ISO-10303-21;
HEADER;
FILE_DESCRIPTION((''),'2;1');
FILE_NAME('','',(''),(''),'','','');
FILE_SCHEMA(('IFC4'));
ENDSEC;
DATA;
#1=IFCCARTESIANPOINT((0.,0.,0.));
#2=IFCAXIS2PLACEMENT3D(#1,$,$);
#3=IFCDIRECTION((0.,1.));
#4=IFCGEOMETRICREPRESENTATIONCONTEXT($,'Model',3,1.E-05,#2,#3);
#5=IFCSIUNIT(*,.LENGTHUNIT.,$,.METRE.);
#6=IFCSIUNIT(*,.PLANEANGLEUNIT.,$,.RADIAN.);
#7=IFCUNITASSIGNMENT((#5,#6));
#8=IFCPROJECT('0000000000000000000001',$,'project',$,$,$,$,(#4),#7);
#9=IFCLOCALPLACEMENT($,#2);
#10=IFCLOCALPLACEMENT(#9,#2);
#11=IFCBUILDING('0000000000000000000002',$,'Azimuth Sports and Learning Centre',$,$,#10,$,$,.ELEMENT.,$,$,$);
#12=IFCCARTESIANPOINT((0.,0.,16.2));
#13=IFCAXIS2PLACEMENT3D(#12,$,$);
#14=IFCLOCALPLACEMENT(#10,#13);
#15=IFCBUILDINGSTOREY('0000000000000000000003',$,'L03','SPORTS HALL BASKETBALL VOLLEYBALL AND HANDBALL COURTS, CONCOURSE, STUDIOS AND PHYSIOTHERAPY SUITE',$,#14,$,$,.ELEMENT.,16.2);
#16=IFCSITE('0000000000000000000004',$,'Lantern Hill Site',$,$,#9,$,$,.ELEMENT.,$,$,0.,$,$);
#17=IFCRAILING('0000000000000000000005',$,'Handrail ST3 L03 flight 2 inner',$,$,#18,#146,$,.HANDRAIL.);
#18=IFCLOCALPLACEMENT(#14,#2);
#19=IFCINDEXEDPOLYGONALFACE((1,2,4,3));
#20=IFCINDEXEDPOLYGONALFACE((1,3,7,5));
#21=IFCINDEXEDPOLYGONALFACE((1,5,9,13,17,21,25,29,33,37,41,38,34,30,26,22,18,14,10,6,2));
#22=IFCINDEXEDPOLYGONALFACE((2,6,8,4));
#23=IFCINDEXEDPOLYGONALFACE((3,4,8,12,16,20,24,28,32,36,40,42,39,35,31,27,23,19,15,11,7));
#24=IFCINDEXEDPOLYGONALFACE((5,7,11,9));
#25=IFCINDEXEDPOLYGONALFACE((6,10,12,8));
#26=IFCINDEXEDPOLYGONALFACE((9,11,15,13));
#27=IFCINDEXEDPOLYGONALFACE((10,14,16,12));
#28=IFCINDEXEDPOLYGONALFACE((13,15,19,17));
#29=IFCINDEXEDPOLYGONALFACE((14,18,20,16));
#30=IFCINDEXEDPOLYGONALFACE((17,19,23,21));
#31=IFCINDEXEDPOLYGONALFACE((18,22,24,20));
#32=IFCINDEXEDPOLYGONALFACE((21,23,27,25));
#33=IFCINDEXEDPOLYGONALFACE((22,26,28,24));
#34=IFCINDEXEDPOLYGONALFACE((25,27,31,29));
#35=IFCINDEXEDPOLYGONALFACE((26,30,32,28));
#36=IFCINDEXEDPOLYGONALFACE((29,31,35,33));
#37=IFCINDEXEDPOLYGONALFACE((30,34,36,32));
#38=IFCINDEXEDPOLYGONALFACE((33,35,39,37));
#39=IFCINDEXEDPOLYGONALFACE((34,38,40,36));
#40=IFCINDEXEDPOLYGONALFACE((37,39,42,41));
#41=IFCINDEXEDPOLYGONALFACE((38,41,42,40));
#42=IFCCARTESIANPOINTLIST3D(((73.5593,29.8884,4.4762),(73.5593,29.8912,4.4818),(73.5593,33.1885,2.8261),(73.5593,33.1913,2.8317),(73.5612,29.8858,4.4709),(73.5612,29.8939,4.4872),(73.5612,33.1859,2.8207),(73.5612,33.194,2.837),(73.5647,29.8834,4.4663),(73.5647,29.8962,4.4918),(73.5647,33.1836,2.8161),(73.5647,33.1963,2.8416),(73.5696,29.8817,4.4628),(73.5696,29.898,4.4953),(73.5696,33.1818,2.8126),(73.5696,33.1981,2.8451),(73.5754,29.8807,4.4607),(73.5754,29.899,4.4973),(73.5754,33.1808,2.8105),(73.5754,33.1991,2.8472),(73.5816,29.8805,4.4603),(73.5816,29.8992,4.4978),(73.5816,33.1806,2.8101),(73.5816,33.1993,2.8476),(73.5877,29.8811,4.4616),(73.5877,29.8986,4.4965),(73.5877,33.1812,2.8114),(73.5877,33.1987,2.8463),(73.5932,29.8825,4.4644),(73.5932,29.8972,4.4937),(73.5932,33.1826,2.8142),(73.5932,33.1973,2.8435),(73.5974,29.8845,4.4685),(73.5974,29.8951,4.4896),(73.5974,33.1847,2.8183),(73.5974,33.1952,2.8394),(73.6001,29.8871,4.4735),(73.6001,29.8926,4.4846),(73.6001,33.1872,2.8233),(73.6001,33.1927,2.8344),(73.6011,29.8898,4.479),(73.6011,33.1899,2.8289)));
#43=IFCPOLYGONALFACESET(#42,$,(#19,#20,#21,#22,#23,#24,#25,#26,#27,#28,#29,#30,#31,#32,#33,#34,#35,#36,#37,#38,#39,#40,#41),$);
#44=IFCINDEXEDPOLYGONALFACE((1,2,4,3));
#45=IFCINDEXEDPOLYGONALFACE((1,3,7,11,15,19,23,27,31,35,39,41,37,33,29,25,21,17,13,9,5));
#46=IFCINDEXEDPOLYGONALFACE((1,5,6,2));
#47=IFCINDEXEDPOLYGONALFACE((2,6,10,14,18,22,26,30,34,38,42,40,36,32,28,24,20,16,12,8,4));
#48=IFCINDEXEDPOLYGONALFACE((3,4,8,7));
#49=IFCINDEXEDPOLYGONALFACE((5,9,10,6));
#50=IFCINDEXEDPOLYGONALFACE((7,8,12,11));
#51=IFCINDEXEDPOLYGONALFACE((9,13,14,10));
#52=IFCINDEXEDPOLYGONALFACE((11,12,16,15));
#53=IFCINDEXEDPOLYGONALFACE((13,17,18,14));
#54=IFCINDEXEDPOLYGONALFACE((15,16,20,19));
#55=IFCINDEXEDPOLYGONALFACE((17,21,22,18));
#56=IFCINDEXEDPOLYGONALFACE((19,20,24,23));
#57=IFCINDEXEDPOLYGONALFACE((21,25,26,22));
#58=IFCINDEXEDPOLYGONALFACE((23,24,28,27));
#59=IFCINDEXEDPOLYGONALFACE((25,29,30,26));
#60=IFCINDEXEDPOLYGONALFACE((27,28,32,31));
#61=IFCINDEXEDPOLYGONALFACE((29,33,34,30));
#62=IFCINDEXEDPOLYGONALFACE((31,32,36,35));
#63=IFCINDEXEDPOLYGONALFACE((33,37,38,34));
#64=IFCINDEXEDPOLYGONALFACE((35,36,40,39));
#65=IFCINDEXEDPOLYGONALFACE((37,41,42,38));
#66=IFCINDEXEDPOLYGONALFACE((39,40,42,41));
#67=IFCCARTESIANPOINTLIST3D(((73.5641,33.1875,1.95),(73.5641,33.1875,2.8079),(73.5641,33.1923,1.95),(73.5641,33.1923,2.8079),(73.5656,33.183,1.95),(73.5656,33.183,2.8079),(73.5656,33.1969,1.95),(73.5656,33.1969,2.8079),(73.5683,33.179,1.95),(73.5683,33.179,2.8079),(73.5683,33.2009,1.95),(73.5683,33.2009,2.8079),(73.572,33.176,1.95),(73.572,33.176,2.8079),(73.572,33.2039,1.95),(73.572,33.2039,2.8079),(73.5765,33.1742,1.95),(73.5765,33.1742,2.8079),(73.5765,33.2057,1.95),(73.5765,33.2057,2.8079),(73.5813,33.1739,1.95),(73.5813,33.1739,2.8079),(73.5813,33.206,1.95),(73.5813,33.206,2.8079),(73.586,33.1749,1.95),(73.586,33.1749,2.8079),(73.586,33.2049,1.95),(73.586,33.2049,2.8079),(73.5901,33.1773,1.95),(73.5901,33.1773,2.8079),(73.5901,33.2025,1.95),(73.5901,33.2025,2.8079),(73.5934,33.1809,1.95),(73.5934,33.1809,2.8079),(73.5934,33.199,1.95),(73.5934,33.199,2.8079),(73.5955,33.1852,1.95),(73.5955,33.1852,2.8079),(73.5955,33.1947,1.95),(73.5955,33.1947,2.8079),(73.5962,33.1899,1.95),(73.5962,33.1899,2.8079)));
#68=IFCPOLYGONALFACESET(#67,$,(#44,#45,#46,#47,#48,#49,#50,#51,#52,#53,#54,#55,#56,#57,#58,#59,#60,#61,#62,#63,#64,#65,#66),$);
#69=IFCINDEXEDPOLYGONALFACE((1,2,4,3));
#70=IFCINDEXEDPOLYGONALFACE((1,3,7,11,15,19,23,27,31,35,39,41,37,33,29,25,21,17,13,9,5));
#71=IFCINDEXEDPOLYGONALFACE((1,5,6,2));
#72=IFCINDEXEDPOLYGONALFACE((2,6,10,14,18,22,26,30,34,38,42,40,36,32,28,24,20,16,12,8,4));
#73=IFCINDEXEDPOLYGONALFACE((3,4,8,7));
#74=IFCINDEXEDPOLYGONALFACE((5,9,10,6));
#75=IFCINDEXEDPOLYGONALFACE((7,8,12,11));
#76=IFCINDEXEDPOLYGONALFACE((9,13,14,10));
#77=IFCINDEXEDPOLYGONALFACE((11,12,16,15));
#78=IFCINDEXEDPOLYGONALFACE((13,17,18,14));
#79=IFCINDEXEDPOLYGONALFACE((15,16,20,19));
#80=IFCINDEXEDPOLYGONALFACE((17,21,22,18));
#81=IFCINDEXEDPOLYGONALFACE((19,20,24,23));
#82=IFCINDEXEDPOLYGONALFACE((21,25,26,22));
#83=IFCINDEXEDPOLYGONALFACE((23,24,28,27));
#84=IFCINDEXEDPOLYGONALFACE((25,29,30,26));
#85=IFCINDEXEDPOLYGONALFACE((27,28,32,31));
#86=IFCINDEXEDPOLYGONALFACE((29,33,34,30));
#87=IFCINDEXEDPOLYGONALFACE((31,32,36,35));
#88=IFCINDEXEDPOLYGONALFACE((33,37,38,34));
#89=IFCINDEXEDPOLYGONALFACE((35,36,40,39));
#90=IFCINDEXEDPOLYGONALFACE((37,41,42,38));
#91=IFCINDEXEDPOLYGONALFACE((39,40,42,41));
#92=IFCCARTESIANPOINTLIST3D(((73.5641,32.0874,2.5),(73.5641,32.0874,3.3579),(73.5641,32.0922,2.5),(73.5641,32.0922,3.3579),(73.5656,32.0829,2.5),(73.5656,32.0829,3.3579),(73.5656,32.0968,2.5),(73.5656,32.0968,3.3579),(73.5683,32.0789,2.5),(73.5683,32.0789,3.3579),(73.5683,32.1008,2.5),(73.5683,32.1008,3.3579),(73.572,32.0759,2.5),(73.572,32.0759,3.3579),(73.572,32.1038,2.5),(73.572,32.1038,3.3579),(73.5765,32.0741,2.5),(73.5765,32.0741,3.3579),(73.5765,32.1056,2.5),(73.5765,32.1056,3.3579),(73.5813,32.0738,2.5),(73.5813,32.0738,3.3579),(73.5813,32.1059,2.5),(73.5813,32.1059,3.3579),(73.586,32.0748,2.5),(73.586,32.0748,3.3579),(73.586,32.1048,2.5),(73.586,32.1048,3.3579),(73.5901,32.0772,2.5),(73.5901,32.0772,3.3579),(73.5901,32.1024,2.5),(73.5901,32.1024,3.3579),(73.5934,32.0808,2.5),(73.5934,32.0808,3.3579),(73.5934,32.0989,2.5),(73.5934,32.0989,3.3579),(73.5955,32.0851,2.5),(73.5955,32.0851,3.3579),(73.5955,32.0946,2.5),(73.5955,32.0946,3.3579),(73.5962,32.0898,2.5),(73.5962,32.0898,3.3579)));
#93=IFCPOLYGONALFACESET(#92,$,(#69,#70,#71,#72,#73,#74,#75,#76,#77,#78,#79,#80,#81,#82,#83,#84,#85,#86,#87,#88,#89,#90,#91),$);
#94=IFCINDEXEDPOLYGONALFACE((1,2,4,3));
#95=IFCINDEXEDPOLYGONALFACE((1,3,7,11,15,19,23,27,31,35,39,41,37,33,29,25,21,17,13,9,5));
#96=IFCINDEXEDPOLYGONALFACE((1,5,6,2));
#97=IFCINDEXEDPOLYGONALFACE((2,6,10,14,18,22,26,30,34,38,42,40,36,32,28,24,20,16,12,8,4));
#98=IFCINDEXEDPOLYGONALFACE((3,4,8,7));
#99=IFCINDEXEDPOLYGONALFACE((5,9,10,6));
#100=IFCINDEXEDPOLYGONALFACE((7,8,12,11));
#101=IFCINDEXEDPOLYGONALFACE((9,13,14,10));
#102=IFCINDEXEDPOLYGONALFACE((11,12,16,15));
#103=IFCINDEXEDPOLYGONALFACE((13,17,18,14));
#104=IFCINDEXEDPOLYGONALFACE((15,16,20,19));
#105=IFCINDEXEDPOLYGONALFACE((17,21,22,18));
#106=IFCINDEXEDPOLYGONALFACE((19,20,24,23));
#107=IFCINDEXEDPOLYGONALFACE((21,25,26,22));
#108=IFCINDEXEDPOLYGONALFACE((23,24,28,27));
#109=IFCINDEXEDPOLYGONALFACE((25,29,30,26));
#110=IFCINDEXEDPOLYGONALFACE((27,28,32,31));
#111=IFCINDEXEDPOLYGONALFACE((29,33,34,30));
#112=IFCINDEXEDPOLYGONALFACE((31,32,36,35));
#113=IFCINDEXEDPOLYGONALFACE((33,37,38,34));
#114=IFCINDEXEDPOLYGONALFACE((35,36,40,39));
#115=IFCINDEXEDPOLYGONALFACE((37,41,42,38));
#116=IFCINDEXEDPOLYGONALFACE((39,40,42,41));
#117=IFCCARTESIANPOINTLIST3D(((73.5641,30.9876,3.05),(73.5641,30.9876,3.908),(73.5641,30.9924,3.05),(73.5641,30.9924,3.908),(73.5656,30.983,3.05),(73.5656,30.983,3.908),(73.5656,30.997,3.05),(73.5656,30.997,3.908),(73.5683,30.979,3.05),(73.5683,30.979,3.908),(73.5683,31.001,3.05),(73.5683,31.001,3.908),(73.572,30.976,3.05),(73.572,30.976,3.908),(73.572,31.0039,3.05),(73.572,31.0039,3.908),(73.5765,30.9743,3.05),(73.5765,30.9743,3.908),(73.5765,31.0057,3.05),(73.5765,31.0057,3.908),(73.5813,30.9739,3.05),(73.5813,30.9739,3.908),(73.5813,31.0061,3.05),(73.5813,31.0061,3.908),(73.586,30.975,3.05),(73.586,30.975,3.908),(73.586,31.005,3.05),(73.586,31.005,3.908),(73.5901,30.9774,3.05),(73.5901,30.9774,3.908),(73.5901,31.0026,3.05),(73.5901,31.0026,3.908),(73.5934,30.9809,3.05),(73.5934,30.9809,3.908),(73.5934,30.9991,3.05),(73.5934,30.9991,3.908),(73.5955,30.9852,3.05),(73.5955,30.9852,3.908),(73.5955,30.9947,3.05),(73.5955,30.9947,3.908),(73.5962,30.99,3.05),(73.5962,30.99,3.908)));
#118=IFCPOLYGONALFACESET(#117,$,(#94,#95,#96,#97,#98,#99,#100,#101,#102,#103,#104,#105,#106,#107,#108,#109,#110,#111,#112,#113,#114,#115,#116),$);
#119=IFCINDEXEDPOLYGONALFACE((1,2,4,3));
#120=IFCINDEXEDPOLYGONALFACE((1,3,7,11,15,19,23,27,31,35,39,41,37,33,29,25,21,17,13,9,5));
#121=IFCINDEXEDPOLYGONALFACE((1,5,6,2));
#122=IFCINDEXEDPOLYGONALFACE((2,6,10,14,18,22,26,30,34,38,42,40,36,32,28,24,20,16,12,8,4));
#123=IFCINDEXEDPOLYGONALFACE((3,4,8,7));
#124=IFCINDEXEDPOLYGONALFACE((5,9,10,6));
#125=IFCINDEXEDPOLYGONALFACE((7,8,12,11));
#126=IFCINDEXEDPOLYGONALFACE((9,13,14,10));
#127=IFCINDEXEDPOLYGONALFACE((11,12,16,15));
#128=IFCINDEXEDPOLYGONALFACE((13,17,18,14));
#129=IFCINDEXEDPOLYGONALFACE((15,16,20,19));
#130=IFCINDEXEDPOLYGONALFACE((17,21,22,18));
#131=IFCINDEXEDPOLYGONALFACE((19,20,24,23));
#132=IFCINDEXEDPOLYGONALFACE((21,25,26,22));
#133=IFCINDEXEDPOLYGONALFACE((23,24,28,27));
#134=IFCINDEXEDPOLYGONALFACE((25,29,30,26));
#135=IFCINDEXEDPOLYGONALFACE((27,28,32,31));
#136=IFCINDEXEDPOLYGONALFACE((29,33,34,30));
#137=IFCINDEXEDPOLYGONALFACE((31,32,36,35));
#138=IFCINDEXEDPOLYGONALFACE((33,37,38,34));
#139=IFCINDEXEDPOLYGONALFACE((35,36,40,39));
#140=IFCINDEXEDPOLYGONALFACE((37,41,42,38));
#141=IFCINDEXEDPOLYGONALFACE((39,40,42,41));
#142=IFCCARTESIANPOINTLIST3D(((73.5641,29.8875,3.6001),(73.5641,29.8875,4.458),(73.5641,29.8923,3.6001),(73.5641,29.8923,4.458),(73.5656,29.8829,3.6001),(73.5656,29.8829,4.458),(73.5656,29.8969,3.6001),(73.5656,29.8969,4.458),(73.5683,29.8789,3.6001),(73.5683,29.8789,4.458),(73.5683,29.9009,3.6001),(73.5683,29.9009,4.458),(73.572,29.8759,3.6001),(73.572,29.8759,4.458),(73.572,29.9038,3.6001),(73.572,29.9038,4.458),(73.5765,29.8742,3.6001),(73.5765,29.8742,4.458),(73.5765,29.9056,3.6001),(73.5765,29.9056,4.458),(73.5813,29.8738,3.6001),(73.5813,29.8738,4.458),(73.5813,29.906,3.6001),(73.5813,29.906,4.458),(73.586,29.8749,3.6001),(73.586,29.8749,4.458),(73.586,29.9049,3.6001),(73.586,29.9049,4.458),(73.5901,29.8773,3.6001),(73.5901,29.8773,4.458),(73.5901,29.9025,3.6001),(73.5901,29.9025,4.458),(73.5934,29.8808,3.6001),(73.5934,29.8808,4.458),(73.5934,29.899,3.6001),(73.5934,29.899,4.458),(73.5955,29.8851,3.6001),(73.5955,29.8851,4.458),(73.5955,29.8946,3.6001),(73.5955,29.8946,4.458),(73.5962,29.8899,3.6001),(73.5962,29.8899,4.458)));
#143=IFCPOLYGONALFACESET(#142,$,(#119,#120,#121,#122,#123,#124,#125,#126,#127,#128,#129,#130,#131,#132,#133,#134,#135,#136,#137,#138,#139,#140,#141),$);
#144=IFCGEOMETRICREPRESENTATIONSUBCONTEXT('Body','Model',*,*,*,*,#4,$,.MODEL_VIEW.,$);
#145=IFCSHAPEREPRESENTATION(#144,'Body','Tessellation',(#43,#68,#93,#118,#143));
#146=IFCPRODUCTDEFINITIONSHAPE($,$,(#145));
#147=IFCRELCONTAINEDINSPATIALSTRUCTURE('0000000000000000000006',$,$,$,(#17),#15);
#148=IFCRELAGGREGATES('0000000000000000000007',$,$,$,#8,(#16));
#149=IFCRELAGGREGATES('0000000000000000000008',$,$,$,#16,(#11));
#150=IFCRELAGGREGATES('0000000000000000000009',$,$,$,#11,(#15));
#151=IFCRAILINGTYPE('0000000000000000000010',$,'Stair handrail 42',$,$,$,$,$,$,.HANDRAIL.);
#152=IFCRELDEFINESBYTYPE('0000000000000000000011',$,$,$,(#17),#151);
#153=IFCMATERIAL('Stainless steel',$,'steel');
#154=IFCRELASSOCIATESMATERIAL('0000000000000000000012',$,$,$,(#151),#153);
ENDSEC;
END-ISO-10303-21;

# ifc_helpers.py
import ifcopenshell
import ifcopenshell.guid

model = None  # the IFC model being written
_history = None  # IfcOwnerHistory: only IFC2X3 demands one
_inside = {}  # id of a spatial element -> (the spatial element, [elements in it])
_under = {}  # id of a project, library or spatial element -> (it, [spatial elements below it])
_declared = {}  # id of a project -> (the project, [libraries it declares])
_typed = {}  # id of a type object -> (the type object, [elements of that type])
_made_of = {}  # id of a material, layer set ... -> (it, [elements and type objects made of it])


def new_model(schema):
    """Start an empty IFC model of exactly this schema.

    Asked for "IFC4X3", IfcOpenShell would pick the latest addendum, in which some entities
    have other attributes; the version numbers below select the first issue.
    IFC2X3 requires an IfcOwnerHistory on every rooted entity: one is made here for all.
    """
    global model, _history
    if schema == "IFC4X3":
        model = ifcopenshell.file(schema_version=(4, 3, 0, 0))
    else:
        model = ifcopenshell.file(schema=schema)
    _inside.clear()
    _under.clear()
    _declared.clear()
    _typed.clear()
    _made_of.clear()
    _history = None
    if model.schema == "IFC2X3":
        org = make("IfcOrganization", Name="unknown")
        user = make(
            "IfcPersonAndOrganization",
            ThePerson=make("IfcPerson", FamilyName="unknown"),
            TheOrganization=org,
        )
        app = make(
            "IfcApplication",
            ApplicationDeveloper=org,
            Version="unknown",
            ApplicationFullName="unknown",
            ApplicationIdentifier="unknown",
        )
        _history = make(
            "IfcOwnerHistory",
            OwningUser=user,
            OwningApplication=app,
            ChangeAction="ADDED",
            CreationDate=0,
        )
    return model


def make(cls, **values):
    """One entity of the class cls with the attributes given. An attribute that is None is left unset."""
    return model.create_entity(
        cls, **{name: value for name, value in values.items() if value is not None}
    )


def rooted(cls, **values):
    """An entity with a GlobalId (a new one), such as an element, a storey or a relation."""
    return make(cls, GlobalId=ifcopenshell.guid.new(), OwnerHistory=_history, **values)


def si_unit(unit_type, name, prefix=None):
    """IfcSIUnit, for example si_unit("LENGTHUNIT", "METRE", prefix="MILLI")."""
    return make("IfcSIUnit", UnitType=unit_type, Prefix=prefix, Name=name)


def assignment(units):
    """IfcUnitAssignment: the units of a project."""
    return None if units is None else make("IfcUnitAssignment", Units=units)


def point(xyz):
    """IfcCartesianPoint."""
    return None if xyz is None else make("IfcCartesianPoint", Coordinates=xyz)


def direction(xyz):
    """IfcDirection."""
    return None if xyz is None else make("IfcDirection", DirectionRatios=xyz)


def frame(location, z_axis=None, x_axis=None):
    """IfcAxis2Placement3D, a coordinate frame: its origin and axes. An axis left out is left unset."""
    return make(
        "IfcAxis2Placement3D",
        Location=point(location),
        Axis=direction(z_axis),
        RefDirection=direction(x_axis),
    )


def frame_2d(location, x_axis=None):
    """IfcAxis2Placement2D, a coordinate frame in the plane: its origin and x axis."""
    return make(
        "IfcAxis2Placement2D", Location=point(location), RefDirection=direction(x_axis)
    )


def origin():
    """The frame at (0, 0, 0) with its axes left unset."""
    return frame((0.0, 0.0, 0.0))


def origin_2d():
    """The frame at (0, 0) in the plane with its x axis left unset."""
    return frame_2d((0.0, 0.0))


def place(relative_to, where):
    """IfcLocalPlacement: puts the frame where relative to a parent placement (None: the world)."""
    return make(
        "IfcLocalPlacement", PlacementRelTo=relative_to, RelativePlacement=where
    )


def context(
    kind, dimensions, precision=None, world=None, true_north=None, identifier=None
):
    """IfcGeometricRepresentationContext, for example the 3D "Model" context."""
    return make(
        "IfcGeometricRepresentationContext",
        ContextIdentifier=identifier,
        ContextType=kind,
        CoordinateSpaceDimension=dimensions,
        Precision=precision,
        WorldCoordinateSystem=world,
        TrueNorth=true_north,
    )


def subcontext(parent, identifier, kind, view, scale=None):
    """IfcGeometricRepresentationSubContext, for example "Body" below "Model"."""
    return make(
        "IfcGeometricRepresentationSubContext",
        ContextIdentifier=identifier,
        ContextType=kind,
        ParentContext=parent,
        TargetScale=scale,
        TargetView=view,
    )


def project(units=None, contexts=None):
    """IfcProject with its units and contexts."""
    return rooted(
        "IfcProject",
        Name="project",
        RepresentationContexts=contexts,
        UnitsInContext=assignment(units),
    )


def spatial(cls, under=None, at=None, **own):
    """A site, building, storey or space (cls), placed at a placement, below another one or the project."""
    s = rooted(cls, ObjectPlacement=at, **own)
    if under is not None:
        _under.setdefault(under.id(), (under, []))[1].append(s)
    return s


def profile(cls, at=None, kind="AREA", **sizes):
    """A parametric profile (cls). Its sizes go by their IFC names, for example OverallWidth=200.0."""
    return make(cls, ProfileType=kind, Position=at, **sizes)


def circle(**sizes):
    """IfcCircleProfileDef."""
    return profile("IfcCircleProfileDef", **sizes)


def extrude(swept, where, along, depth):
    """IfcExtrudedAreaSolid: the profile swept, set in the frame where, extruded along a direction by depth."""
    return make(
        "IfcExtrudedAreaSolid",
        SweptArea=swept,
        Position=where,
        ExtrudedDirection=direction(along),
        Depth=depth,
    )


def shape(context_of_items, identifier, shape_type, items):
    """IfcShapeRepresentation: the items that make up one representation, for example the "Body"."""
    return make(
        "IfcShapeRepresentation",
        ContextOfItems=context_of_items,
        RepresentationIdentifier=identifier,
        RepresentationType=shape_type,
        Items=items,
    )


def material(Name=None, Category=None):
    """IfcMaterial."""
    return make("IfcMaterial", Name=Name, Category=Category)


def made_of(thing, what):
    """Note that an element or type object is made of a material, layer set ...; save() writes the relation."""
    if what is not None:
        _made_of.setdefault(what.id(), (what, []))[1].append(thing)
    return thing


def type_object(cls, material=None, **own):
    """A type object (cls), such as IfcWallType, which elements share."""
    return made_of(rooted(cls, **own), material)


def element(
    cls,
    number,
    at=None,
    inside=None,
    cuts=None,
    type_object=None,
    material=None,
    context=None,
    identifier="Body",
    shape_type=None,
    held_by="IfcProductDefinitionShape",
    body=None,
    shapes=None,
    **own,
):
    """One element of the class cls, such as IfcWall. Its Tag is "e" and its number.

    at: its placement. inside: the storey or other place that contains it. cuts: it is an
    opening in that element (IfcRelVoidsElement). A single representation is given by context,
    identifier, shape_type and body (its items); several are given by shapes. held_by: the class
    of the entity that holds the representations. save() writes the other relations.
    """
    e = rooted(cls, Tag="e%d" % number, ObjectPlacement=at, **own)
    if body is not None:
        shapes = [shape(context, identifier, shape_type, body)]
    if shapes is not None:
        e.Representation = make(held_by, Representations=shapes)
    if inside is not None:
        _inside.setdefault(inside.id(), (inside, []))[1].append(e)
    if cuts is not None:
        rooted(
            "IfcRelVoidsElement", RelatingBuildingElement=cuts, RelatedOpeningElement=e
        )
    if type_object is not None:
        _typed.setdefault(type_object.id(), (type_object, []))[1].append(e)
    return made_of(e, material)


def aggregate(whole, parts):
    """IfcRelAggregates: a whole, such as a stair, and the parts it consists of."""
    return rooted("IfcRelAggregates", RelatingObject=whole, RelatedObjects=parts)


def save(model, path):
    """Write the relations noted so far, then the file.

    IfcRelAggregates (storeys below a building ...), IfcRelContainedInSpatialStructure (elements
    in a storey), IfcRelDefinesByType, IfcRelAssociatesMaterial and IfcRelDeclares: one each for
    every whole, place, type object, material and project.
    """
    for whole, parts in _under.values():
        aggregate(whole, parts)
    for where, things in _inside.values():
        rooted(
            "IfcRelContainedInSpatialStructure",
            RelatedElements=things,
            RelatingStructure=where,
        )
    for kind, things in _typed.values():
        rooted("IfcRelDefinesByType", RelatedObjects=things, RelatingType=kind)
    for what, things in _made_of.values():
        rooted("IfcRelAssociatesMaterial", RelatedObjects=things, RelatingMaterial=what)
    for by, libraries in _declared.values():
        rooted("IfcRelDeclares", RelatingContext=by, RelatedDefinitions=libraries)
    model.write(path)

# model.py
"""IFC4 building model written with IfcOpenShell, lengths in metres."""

from ifc_helpers import new_model, si_unit, direction, frame, origin, origin_2d, place, context, subcontext, project, spatial, circle, extrude, material, type_object, element, save


model = new_model("IFC4")

# Units and contexts
model_context = context("Model", 3, precision=1e-05, world=origin(), true_north=direction((0.0, 1.0)))
body_context = subcontext(model_context, "Body", "Model", "MODEL_VIEW")
ifc_project = project(units=[si_unit("LENGTHUNIT", "METRE"), si_unit("PLANEANGLEUNIT", "RADIAN")], contexts=[model_context])

# Site, building, storey
site_placement = place(None, origin())
site = spatial("IfcSite", under=ifc_project, at=site_placement, Name="Lantern Hill Site", CompositionType="ELEMENT", RefElevation=0.0)
building_placement = place(site_placement, origin())
building = spatial("IfcBuilding", under=site, at=building_placement, Name="Azimuth Sports and Learning Centre", CompositionType="ELEMENT")
storey_placement = place(building_placement, frame((0.0, 0.0, 16.2)))
storey = spatial("IfcBuildingStorey", under=building, at=storey_placement, Name="L03", Description="SPORTS HALL BASKETBALL VOLLEYBALL AND HANDBALL COURTS, CONCOURSE, STUDIOS AND PHYSIOTHERAPY SUITE", CompositionType="ELEMENT", Elevation=16.2)

# Railing
ifc_material_1 = material(Name="Stainless steel", Category="steel")
railing_type_1 = type_object("IfcRailingType", Name="Stair handrail 42", PredefinedType="HANDRAIL", material=ifc_material_1)
for number, where, name in (
    (1, (73.5801, 33.1899, 1.95), "Handrail ST3 L03 flight 2 inner"),
):
    element("IfcRailing", number, at=place(storey_placement, frame(where)), inside=storey, type_object=railing_type_1, Name=name, PredefinedType="HANDRAIL", context=body_context, shape_type="SweptSolid", body=[
        extrude(circle(Radius=0.021, at=origin_2d()), frame((0.0, 0.0, 0.8789), z_axis=(0.0, -0.894414, 0.44724), x_axis=(1.0, 0.0, 0.0)), (0.0, 0.0, 1.0), 3.6897),
        extrude(circle(Radius=0.0161, at=origin_2d()), origin(), (0.0, 0.0, 1.0), 0.8579),
        extrude(circle(Radius=0.0161, at=origin_2d()), frame((0.0, -1.1001, 0.55)), (0.0, 0.0, 1.0), 0.8579),
        extrude(circle(Radius=0.0161, at=origin_2d()), frame((0.0, -2.2, 1.1001)), (0.0, 0.0, 1.0), 0.8579),
        extrude(circle(Radius=0.0161, at=origin_2d()), frame((0.0, -3.3, 1.6501)), (0.0, 0.0, 1.0), 0.8579),
    ])

save(model, "model.ifc")
